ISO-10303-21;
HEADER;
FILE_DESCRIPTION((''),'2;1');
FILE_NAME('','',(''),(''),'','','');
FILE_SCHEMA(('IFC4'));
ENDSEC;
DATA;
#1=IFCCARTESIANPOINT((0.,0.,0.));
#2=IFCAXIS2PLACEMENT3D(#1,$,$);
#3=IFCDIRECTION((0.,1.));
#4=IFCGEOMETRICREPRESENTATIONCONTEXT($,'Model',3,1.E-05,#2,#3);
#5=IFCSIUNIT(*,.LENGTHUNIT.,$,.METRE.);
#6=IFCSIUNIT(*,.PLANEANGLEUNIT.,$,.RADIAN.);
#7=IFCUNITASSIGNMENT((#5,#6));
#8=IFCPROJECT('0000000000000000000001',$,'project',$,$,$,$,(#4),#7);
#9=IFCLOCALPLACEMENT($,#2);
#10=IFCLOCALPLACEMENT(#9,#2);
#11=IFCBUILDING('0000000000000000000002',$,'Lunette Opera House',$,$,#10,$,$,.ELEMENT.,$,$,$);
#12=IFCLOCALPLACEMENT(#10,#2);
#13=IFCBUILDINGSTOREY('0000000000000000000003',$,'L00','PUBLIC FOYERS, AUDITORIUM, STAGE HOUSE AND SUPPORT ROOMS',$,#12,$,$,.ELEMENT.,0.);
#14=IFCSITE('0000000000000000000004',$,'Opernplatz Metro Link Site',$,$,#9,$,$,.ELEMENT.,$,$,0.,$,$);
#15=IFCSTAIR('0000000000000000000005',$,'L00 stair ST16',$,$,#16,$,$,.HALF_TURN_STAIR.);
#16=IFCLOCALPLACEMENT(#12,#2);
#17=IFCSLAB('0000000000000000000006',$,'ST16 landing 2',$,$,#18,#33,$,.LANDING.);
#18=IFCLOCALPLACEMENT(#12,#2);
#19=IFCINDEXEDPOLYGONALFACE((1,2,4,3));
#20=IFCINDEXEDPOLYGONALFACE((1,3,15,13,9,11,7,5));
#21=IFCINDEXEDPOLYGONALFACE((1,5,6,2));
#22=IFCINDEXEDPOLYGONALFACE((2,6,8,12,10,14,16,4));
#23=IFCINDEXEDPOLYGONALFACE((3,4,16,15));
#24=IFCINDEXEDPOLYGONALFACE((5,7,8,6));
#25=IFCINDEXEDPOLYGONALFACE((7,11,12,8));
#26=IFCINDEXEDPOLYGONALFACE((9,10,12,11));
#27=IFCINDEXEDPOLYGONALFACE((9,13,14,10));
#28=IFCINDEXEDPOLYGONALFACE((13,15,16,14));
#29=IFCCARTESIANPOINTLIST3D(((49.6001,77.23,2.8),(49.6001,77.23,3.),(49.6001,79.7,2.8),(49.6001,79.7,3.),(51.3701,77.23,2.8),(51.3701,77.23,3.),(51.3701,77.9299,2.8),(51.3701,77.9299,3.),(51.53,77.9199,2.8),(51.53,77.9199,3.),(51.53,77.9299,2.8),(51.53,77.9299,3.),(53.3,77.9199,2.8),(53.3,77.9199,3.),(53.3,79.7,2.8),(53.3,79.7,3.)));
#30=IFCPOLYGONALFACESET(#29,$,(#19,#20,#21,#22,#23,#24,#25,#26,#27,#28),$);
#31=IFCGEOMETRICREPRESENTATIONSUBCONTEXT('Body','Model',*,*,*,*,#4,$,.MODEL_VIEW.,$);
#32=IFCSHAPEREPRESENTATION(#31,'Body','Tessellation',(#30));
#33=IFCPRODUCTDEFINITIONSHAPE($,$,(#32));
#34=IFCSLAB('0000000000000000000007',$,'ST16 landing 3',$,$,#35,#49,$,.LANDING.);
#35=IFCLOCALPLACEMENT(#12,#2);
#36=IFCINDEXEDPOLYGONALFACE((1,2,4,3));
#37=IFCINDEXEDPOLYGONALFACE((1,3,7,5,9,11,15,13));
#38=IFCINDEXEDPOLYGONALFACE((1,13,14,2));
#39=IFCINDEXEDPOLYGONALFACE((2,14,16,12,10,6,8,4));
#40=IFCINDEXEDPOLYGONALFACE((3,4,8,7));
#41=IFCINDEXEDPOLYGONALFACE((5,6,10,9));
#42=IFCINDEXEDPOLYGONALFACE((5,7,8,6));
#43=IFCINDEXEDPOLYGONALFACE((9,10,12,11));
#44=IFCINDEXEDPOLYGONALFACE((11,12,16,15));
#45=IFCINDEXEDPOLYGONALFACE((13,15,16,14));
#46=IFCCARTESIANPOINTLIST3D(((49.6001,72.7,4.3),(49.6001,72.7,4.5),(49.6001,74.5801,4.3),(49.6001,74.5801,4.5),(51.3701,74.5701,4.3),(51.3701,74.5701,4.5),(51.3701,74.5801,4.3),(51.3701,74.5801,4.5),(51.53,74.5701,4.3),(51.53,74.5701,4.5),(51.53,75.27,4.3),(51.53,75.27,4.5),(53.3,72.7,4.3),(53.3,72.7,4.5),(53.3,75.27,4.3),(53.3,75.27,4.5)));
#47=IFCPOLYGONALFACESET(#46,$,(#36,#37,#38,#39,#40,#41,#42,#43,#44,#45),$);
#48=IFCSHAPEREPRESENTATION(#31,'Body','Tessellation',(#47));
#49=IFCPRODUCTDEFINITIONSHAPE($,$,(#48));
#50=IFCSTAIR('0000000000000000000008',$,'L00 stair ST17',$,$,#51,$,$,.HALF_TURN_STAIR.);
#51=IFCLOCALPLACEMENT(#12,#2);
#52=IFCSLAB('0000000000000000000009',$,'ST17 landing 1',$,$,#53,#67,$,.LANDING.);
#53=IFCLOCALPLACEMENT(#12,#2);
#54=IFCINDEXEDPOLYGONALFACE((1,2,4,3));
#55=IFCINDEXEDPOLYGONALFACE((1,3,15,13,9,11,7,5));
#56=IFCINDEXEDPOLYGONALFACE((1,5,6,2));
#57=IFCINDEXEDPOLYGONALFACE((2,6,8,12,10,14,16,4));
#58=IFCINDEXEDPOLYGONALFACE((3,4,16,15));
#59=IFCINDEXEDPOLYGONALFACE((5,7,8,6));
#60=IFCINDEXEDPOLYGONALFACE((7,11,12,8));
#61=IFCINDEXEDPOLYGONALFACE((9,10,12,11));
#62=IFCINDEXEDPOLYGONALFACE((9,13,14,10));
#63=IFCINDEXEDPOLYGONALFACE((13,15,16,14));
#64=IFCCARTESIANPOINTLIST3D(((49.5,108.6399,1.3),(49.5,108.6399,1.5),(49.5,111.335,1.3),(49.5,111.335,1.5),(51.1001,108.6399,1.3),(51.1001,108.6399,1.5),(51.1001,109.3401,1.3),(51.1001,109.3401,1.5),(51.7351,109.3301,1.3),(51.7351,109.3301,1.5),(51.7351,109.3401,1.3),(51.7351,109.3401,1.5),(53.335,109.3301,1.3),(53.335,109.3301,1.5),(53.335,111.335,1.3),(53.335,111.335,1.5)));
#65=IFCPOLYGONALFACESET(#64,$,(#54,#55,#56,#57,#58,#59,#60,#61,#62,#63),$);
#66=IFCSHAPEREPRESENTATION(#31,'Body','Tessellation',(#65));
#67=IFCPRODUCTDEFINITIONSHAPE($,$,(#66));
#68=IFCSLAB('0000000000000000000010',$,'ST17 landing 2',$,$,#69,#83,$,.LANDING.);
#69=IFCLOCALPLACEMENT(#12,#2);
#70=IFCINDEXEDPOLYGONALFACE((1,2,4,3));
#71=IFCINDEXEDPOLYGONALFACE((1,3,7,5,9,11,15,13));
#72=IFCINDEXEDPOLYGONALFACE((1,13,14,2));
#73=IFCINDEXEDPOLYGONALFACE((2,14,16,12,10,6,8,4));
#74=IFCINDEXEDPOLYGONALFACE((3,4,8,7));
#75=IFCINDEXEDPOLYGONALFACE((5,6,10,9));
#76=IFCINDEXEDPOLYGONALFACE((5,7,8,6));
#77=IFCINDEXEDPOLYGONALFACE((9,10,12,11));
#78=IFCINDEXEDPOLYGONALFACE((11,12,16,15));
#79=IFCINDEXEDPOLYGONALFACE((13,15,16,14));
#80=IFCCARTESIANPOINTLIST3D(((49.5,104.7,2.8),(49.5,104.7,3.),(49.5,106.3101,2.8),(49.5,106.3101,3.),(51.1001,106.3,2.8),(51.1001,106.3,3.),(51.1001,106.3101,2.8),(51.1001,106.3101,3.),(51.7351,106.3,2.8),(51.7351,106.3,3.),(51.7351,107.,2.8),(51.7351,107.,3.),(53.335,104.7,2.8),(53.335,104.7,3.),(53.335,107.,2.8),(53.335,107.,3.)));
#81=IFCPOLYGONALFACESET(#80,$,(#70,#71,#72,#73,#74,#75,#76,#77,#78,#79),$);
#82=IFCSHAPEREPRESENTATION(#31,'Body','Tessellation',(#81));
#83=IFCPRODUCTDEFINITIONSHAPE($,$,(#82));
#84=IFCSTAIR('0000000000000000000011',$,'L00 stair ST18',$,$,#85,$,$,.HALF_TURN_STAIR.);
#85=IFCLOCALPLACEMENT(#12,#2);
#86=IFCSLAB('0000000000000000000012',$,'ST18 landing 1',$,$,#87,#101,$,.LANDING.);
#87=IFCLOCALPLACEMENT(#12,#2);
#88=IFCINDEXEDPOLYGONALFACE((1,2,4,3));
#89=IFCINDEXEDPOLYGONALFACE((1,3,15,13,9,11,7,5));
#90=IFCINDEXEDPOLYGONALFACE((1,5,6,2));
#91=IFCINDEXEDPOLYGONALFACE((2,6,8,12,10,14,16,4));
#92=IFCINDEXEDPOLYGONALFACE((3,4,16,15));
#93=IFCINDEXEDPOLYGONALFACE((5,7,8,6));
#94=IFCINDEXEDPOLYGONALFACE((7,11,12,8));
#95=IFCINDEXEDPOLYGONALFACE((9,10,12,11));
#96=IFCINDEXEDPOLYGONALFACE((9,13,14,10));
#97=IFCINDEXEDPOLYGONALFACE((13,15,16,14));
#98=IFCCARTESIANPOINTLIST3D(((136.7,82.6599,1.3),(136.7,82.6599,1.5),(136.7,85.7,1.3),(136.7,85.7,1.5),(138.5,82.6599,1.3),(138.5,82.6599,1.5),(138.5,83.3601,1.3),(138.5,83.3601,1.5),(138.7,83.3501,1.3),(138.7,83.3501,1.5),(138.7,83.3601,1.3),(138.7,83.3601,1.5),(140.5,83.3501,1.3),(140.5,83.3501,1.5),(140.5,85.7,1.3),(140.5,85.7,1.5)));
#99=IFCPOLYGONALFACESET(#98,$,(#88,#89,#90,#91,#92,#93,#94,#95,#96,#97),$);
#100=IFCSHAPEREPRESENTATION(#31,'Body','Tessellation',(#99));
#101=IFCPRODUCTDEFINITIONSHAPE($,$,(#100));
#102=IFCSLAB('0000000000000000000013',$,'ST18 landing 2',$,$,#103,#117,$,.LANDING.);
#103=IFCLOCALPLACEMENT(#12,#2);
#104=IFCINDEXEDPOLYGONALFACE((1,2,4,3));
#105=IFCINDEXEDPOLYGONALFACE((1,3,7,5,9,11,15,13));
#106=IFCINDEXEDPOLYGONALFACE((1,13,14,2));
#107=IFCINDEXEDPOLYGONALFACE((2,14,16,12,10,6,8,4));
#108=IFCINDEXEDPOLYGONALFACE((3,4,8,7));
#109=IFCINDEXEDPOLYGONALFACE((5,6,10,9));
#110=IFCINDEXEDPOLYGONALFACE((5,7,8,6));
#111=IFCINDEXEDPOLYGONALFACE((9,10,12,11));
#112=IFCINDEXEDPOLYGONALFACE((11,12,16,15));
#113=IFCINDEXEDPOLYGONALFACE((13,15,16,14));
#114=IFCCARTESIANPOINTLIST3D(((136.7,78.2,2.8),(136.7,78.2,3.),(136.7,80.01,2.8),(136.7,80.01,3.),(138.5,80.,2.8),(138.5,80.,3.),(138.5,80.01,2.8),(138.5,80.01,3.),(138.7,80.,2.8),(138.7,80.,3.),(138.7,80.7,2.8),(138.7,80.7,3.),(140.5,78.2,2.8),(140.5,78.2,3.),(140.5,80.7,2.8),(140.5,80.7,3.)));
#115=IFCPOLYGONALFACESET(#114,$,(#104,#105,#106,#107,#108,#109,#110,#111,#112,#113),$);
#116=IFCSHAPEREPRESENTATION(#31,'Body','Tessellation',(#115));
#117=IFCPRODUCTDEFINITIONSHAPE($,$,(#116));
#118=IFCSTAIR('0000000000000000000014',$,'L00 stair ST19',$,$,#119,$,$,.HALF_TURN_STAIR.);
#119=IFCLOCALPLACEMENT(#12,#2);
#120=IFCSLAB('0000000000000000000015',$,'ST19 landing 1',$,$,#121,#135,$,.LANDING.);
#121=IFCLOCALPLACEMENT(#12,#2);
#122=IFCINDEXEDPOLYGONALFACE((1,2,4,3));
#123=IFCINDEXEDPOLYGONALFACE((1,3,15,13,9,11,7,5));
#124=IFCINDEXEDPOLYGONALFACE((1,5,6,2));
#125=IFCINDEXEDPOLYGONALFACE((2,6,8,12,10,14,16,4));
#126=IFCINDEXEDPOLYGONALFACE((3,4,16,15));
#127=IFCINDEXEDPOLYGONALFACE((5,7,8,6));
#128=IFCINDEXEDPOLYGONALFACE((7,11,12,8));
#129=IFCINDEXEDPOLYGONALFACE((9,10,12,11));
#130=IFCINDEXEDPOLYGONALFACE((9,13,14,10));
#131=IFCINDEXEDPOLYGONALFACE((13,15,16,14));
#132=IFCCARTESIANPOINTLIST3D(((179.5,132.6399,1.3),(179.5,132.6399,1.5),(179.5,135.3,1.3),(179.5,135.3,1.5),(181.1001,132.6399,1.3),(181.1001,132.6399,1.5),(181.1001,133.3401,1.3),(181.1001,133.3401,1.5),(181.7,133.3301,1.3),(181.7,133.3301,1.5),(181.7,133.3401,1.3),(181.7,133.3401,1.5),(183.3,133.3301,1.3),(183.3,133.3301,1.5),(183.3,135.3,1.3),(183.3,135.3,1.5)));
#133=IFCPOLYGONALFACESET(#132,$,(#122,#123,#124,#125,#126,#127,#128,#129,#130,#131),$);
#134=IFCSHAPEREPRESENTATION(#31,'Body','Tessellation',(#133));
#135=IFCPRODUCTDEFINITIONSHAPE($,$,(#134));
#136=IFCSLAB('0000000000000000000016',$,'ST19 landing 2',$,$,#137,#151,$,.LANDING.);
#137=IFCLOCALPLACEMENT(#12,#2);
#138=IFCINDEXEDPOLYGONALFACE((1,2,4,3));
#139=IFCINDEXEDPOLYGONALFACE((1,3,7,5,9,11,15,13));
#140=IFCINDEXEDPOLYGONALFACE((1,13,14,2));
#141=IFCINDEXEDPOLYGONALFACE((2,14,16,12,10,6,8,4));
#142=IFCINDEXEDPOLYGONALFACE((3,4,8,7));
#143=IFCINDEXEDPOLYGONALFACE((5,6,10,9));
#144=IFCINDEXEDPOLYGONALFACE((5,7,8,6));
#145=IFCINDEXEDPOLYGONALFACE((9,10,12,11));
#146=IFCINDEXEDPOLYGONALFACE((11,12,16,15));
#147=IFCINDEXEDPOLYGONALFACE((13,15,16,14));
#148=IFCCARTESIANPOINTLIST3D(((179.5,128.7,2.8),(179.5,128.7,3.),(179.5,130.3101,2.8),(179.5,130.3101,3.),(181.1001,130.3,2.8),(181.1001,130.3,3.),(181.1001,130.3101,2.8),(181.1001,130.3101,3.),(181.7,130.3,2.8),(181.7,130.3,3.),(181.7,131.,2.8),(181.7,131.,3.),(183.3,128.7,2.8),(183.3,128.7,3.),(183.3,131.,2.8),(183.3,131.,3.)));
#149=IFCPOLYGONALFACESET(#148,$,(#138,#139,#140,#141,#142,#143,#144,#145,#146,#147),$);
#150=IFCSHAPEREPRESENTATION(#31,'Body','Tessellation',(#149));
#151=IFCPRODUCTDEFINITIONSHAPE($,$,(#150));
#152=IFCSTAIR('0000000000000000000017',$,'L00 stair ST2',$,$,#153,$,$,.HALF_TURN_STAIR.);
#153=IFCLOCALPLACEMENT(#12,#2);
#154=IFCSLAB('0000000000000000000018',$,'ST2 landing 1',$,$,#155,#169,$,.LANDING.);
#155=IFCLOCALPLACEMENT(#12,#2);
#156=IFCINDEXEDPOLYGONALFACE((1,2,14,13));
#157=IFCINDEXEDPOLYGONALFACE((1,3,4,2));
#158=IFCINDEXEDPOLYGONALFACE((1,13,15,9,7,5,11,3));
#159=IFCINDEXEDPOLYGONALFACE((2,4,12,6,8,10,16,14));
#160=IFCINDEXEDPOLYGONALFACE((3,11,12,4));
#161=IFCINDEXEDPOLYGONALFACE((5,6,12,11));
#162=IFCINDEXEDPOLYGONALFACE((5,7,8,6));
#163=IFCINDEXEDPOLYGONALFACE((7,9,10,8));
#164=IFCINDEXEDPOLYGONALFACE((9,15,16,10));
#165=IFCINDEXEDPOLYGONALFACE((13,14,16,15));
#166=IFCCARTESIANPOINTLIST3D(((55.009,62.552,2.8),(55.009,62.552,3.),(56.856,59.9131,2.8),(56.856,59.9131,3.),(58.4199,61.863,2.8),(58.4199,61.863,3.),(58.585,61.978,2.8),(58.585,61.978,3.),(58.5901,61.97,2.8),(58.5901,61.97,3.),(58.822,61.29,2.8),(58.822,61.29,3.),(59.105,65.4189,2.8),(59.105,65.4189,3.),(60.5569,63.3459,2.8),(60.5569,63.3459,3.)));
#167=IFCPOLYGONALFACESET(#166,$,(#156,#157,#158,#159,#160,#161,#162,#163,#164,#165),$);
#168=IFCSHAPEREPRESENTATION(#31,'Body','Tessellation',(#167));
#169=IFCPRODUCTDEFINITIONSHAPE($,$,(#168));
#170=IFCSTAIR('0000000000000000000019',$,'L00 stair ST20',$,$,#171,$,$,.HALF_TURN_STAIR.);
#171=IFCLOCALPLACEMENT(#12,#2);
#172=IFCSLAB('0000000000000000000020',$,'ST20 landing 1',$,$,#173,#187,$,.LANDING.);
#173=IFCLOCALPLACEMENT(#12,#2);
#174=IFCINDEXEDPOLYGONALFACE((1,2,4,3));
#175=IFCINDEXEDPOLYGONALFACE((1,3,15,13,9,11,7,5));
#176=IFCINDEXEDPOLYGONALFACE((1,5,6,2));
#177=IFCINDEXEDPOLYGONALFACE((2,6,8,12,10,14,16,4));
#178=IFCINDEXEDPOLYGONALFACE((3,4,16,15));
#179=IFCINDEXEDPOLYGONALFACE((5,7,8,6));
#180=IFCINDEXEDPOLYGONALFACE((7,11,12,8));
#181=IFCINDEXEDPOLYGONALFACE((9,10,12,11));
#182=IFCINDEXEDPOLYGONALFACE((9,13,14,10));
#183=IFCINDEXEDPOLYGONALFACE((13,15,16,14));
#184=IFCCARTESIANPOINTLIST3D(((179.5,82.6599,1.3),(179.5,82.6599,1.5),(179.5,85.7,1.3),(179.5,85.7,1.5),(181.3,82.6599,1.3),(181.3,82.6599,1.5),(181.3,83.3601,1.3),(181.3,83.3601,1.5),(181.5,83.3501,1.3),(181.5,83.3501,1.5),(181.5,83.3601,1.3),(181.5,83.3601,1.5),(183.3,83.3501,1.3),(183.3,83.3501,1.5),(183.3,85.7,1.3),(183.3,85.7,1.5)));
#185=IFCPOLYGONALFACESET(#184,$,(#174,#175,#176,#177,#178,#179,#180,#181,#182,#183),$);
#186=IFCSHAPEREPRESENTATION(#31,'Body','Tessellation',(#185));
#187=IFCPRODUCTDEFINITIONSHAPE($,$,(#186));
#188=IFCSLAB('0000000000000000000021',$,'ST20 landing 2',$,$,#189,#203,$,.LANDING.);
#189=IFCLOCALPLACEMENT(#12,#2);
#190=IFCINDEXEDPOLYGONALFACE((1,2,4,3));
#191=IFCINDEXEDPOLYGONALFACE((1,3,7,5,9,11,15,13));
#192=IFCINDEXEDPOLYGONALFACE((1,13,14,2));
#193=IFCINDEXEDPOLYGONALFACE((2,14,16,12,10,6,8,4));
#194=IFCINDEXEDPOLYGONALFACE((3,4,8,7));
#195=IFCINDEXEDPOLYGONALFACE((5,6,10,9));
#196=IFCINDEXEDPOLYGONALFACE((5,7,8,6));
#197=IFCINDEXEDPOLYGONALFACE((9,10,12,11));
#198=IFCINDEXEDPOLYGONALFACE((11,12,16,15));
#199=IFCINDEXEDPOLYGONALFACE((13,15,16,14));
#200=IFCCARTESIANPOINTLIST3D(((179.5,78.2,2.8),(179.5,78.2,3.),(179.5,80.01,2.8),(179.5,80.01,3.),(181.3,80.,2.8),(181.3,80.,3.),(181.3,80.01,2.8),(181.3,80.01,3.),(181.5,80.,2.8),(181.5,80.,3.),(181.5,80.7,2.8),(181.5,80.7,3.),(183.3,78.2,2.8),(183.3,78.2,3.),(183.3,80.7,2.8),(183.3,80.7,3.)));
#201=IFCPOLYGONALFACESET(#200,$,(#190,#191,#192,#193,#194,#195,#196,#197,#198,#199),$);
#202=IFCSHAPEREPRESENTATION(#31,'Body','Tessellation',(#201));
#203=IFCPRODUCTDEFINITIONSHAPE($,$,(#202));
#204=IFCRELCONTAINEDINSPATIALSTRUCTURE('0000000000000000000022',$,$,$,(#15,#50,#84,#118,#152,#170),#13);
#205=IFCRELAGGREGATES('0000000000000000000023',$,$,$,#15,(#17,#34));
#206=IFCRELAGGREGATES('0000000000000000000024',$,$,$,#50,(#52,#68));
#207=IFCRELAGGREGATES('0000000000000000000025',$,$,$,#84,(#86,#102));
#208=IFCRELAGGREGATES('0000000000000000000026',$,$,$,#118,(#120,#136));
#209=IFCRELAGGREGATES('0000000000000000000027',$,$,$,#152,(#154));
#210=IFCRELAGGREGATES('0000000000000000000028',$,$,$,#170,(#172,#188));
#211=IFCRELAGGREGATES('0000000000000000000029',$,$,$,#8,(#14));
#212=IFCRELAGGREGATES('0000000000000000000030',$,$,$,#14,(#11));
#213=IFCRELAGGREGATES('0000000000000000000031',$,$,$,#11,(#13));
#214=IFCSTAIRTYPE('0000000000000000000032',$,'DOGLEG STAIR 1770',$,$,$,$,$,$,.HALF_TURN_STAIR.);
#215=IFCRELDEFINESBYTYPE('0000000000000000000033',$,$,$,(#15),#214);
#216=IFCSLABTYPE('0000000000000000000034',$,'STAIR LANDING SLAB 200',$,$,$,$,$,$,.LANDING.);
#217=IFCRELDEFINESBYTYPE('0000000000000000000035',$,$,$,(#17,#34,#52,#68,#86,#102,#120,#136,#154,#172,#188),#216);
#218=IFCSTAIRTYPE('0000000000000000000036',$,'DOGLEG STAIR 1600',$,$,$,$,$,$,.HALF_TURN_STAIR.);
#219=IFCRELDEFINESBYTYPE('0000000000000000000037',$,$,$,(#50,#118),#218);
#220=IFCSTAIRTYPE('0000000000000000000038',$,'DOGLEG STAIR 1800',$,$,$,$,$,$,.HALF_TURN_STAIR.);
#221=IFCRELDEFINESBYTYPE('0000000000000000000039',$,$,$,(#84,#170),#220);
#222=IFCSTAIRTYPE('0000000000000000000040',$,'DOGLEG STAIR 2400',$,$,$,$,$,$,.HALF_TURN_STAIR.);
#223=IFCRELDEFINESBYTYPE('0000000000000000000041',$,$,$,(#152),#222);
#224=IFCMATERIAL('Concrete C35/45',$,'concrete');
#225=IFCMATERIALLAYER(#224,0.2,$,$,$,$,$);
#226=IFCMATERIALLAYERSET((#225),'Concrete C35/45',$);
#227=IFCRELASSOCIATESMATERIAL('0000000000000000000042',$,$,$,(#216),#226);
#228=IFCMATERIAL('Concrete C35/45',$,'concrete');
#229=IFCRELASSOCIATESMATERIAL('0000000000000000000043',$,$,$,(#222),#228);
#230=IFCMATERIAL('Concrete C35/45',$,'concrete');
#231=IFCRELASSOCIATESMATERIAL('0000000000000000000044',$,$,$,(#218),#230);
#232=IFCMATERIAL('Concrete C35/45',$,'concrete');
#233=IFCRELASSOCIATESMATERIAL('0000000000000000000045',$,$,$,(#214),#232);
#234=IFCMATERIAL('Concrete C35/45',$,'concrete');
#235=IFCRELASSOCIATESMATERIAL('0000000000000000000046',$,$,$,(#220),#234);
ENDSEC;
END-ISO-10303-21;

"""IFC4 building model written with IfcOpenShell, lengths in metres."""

from ifc_helpers import new_model, si_unit, direction, frame, origin, place, context, subcontext, project, spatial, polyline, outline, extrude, material, layer, layer_set, type_object, element, aggregate, save


model = new_model("IFC4")

# Units and contexts
model_context = context("Model", 3, precision=1e-05, world=origin(), true_north=direction((0.0, 1.0)))
body_context = subcontext(model_context, "Body", "Model", "MODEL_VIEW")
ifc_project = project(units=[si_unit("LENGTHUNIT", "METRE"), si_unit("PLANEANGLEUNIT", "RADIAN")], contexts=[model_context])

# Site, building, storey
site_placement = place(None, origin())
site = spatial("IfcSite", under=ifc_project, at=site_placement, Name="Opernplatz Metro Link Site", CompositionType="ELEMENT", RefElevation=0.0)
building_placement = place(site_placement, origin())
building = spatial("IfcBuilding", under=site, at=building_placement, Name="Lunette Opera House", CompositionType="ELEMENT")
storey_placement = place(building_placement, origin())
storey = spatial("IfcBuildingStorey", under=building, at=storey_placement, Name="L00", Description="PUBLIC FOYERS, AUDITORIUM, STAGE HOUSE AND SUPPORT ROOMS", CompositionType="ELEMENT", Elevation=0.0)

# Shared definitions
ifc_material_1 = material(Name="Concrete C35/45", Category="concrete")
ifc_layer_1 = layer(ifc_material_1, 0.2)
ifc_layer_set_1 = layer_set([ifc_layer_1], Name="Concrete C35/45")
slab_type_1 = type_object("IfcSlabType", Name="STAIR LANDING SLAB 200", PredefinedType="LANDING", material=ifc_layer_set_1)
ifc_material_2 = material(Name="Concrete C35/45", Category="concrete")
stair_type_1 = type_object("IfcStairType", Name="DOGLEG STAIR 2400", PredefinedType="HALF_TURN_STAIR", material=ifc_material_2)

# Stairs, slabs
ifc_material_3 = material(Name="Concrete C35/45", Category="concrete")
stair_type_2 = type_object("IfcStairType", Name="DOGLEG STAIR 1600", PredefinedType="HALF_TURN_STAIR", material=ifc_material_3)
ifc_material_4 = material(Name="Concrete C35/45", Category="concrete")
stair_type_3 = type_object("IfcStairType", Name="DOGLEG STAIR 1770", PredefinedType="HALF_TURN_STAIR", material=ifc_material_4)
stair_1_placement = place(storey_placement, origin())
stair_1 = element("IfcStair", 1, at=stair_1_placement, inside=storey, type_object=stair_type_3, Name="L00 stair ST16", PredefinedType="HALF_TURN_STAIR")
slab_1_placement = place(storey_placement, frame((0.0, 0.0, 2.8)))
slab_1 = element("IfcSlab", 2, at=slab_1_placement, type_object=slab_type_1, Name="ST16 landing 2", PredefinedType="LANDING", context=body_context, shape_type="SweptSolid", body=[
    extrude(outline(polyline([(53.3, 77.9199), (51.53, 77.9199), (51.53, 77.9299), (51.3701, 77.9299), (51.3701, 77.23), (49.6001, 77.23), (49.6001, 79.7), (53.3, 79.7), (53.3, 77.9199)])), origin(), (0.0, 0.0, 1.0), 0.2),
])
slab_2_placement = place(storey_placement, frame((0.0, 0.0, 4.3)))
slab_2 = element("IfcSlab", 3, at=slab_2_placement, type_object=slab_type_1, Name="ST16 landing 3", PredefinedType="LANDING", context=body_context, shape_type="SweptSolid", body=[
    extrude(outline(polyline([(49.6001, 72.7), (49.6001, 74.5801), (51.3701, 74.5801), (51.3701, 74.5701), (51.53, 74.5701), (51.53, 75.27), (53.3, 75.27), (53.3, 72.7), (49.6001, 72.7)])), origin(), (0.0, 0.0, 1.0), 0.2),
])
aggregate(stair_1, [slab_1, slab_2])
stair_2_placement = place(storey_placement, origin())
stair_2 = element("IfcStair", 4, at=stair_2_placement, inside=storey, type_object=stair_type_2, Name="L00 stair ST17", PredefinedType="HALF_TURN_STAIR")
slab_3_placement = place(storey_placement, frame((0.0, 0.0, 1.3)))
slab_3 = element("IfcSlab", 5, at=slab_3_placement, type_object=slab_type_1, Name="ST17 landing 1", PredefinedType="LANDING", context=body_context, shape_type="SweptSolid", body=[
    extrude(outline(polyline([(53.335, 109.3301), (51.7351, 109.3301), (51.7351, 109.3401), (51.1001, 109.3401), (51.1001, 108.6399), (49.5, 108.6399), (49.5, 111.335), (53.335, 111.335), (53.335, 109.3301)])), origin(), (0.0, 0.0, 1.0), 0.2),
])
slab_4_placement = place(storey_placement, frame((0.0, 0.0, 2.8)))
slab_4 = element("IfcSlab", 6, at=slab_4_placement, type_object=slab_type_1, Name="ST17 landing 2", PredefinedType="LANDING", context=body_context, shape_type="SweptSolid", body=[
    extrude(outline(polyline([(53.335, 104.7), (49.5, 104.7), (49.5, 106.3101), (51.1001, 106.3101), (51.1001, 106.3), (51.7351, 106.3), (51.7351, 107.0), (53.335, 107.0), (53.335, 104.7)])), origin(), (0.0, 0.0, 1.0), 0.2),
])
aggregate(stair_2, [slab_3, slab_4])
ifc_material_5 = material(Name="Concrete C35/45", Category="concrete")
stair_type_4 = type_object("IfcStairType", Name="DOGLEG STAIR 1800", PredefinedType="HALF_TURN_STAIR", material=ifc_material_5)
stair_3_placement = place(storey_placement, origin())
stair_3 = element("IfcStair", 7, at=stair_3_placement, inside=storey, type_object=stair_type_4, Name="L00 stair ST18", PredefinedType="HALF_TURN_STAIR")
slab_5_placement = place(storey_placement, frame((0.0, 0.0, 1.3)))
slab_5 = element("IfcSlab", 8, at=slab_5_placement, type_object=slab_type_1, Name="ST18 landing 1", PredefinedType="LANDING", context=body_context, shape_type="SweptSolid", body=[
    extrude(outline(polyline([(140.5, 83.3501), (138.7, 83.3501), (138.7, 83.3601), (138.5, 83.3601), (138.5, 82.6599), (136.7, 82.6599), (136.7, 85.7), (140.5, 85.7), (140.5, 83.3501)])), origin(), (0.0, 0.0, 1.0), 0.2),
])
slab_6_placement = place(storey_placement, frame((0.0, 0.0, 2.8)))
slab_6 = element("IfcSlab", 9, at=slab_6_placement, type_object=slab_type_1, Name="ST18 landing 2", PredefinedType="LANDING", context=body_context, shape_type="SweptSolid", body=[
    extrude(outline(polyline([(136.7, 78.2), (136.7, 80.01), (138.5, 80.01), (138.5, 80.0), (138.7, 80.0), (138.7, 80.7), (140.5, 80.7), (140.5, 78.2), (136.7, 78.2)])), origin(), (0.0, 0.0, 1.0), 0.2),
])
aggregate(stair_3, [slab_5, slab_6])
stair_4_placement = place(storey_placement, origin())
stair_4 = element("IfcStair", 10, at=stair_4_placement, inside=storey, type_object=stair_type_2, Name="L00 stair ST19", PredefinedType="HALF_TURN_STAIR")
slab_7_placement = place(storey_placement, frame((0.0, 0.0, 1.3)))
slab_7 = element("IfcSlab", 11, at=slab_7_placement, type_object=slab_type_1, Name="ST19 landing 1", PredefinedType="LANDING", context=body_context, shape_type="SweptSolid", body=[
    extrude(outline(polyline([(183.3, 133.3301), (181.7, 133.3301), (181.7, 133.3401), (181.1001, 133.3401), (181.1001, 132.6399), (179.5, 132.6399), (179.5, 135.3), (183.3, 135.3), (183.3, 133.3301)])), origin(), (0.0, 0.0, 1.0), 0.2),
])
slab_8_placement = place(storey_placement, frame((0.0, 0.0, 2.8)))
slab_8 = element("IfcSlab", 12, at=slab_8_placement, type_object=slab_type_1, Name="ST19 landing 2", PredefinedType="LANDING", context=body_context, shape_type="SweptSolid", body=[
    extrude(outline(polyline([(179.5, 128.7), (179.5, 130.3101), (181.1001, 130.3101), (181.1001, 130.3), (181.7, 130.3), (181.7, 131.0), (183.3, 131.0), (183.3, 128.7), (179.5, 128.7)])), origin(), (0.0, 0.0, 1.0), 0.2),
])
aggregate(stair_4, [slab_7, slab_8])

# Stair, slab
stair_5_placement = place(storey_placement, origin())
stair_5 = element("IfcStair", 13, at=stair_5_placement, inside=storey, type_object=stair_type_1, Name="L00 stair ST2", PredefinedType="HALF_TURN_STAIR")
slab_9_placement = place(storey_placement, frame((0.0, 0.0, 2.8)))
slab_9 = element("IfcSlab", 14, at=slab_9_placement, type_object=slab_type_1, Name="ST2 landing 1", PredefinedType="LANDING", context=body_context, shape_type="SweptSolid", body=[
    extrude(outline(polyline([(55.009, 62.552), (59.105, 65.4189), (60.5569, 63.3459), (58.5901, 61.97), (58.585, 61.978), (58.4199, 61.863), (58.822, 61.29), (56.856, 59.9131), (55.009, 62.552)])), origin(), (0.0, 0.0, 1.0), 0.2),
])
aggregate(stair_5, [slab_9])

# Stair, slabs
stair_6_placement = place(storey_placement, origin())
stair_6 = element("IfcStair", 15, at=stair_6_placement, inside=storey, type_object=stair_type_4, Name="L00 stair ST20", PredefinedType="HALF_TURN_STAIR")
slab_10_placement = place(storey_placement, frame((0.0, 0.0, 1.3)))
slab_10 = element("IfcSlab", 16, at=slab_10_placement, type_object=slab_type_1, Name="ST20 landing 1", PredefinedType="LANDING", context=body_context, shape_type="SweptSolid", body=[
    extrude(outline(polyline([(183.3, 83.3501), (181.5, 83.3501), (181.5, 83.3601), (181.3, 83.3601), (181.3, 82.6599), (179.5, 82.6599), (179.5, 85.7), (183.3, 85.7), (183.3, 83.3501)])), origin(), (0.0, 0.0, 1.0), 0.2),
])
slab_11_placement = place(storey_placement, frame((0.0, 0.0, 2.8)))
slab_11 = element("IfcSlab", 17, at=slab_11_placement, type_object=slab_type_1, Name="ST20 landing 2", PredefinedType="LANDING", context=body_context, shape_type="SweptSolid", body=[
    extrude(outline(polyline([(179.5, 78.2), (179.5, 80.01), (181.3, 80.01), (181.3, 80.0), (181.5, 80.0), (181.5, 80.7), (183.3, 80.7), (183.3, 78.2), (179.5, 78.2)])), origin(), (0.0, 0.0, 1.0), 0.2),
])
aggregate(stair_6, [slab_10, slab_11])

save(model, "model.ifc")
